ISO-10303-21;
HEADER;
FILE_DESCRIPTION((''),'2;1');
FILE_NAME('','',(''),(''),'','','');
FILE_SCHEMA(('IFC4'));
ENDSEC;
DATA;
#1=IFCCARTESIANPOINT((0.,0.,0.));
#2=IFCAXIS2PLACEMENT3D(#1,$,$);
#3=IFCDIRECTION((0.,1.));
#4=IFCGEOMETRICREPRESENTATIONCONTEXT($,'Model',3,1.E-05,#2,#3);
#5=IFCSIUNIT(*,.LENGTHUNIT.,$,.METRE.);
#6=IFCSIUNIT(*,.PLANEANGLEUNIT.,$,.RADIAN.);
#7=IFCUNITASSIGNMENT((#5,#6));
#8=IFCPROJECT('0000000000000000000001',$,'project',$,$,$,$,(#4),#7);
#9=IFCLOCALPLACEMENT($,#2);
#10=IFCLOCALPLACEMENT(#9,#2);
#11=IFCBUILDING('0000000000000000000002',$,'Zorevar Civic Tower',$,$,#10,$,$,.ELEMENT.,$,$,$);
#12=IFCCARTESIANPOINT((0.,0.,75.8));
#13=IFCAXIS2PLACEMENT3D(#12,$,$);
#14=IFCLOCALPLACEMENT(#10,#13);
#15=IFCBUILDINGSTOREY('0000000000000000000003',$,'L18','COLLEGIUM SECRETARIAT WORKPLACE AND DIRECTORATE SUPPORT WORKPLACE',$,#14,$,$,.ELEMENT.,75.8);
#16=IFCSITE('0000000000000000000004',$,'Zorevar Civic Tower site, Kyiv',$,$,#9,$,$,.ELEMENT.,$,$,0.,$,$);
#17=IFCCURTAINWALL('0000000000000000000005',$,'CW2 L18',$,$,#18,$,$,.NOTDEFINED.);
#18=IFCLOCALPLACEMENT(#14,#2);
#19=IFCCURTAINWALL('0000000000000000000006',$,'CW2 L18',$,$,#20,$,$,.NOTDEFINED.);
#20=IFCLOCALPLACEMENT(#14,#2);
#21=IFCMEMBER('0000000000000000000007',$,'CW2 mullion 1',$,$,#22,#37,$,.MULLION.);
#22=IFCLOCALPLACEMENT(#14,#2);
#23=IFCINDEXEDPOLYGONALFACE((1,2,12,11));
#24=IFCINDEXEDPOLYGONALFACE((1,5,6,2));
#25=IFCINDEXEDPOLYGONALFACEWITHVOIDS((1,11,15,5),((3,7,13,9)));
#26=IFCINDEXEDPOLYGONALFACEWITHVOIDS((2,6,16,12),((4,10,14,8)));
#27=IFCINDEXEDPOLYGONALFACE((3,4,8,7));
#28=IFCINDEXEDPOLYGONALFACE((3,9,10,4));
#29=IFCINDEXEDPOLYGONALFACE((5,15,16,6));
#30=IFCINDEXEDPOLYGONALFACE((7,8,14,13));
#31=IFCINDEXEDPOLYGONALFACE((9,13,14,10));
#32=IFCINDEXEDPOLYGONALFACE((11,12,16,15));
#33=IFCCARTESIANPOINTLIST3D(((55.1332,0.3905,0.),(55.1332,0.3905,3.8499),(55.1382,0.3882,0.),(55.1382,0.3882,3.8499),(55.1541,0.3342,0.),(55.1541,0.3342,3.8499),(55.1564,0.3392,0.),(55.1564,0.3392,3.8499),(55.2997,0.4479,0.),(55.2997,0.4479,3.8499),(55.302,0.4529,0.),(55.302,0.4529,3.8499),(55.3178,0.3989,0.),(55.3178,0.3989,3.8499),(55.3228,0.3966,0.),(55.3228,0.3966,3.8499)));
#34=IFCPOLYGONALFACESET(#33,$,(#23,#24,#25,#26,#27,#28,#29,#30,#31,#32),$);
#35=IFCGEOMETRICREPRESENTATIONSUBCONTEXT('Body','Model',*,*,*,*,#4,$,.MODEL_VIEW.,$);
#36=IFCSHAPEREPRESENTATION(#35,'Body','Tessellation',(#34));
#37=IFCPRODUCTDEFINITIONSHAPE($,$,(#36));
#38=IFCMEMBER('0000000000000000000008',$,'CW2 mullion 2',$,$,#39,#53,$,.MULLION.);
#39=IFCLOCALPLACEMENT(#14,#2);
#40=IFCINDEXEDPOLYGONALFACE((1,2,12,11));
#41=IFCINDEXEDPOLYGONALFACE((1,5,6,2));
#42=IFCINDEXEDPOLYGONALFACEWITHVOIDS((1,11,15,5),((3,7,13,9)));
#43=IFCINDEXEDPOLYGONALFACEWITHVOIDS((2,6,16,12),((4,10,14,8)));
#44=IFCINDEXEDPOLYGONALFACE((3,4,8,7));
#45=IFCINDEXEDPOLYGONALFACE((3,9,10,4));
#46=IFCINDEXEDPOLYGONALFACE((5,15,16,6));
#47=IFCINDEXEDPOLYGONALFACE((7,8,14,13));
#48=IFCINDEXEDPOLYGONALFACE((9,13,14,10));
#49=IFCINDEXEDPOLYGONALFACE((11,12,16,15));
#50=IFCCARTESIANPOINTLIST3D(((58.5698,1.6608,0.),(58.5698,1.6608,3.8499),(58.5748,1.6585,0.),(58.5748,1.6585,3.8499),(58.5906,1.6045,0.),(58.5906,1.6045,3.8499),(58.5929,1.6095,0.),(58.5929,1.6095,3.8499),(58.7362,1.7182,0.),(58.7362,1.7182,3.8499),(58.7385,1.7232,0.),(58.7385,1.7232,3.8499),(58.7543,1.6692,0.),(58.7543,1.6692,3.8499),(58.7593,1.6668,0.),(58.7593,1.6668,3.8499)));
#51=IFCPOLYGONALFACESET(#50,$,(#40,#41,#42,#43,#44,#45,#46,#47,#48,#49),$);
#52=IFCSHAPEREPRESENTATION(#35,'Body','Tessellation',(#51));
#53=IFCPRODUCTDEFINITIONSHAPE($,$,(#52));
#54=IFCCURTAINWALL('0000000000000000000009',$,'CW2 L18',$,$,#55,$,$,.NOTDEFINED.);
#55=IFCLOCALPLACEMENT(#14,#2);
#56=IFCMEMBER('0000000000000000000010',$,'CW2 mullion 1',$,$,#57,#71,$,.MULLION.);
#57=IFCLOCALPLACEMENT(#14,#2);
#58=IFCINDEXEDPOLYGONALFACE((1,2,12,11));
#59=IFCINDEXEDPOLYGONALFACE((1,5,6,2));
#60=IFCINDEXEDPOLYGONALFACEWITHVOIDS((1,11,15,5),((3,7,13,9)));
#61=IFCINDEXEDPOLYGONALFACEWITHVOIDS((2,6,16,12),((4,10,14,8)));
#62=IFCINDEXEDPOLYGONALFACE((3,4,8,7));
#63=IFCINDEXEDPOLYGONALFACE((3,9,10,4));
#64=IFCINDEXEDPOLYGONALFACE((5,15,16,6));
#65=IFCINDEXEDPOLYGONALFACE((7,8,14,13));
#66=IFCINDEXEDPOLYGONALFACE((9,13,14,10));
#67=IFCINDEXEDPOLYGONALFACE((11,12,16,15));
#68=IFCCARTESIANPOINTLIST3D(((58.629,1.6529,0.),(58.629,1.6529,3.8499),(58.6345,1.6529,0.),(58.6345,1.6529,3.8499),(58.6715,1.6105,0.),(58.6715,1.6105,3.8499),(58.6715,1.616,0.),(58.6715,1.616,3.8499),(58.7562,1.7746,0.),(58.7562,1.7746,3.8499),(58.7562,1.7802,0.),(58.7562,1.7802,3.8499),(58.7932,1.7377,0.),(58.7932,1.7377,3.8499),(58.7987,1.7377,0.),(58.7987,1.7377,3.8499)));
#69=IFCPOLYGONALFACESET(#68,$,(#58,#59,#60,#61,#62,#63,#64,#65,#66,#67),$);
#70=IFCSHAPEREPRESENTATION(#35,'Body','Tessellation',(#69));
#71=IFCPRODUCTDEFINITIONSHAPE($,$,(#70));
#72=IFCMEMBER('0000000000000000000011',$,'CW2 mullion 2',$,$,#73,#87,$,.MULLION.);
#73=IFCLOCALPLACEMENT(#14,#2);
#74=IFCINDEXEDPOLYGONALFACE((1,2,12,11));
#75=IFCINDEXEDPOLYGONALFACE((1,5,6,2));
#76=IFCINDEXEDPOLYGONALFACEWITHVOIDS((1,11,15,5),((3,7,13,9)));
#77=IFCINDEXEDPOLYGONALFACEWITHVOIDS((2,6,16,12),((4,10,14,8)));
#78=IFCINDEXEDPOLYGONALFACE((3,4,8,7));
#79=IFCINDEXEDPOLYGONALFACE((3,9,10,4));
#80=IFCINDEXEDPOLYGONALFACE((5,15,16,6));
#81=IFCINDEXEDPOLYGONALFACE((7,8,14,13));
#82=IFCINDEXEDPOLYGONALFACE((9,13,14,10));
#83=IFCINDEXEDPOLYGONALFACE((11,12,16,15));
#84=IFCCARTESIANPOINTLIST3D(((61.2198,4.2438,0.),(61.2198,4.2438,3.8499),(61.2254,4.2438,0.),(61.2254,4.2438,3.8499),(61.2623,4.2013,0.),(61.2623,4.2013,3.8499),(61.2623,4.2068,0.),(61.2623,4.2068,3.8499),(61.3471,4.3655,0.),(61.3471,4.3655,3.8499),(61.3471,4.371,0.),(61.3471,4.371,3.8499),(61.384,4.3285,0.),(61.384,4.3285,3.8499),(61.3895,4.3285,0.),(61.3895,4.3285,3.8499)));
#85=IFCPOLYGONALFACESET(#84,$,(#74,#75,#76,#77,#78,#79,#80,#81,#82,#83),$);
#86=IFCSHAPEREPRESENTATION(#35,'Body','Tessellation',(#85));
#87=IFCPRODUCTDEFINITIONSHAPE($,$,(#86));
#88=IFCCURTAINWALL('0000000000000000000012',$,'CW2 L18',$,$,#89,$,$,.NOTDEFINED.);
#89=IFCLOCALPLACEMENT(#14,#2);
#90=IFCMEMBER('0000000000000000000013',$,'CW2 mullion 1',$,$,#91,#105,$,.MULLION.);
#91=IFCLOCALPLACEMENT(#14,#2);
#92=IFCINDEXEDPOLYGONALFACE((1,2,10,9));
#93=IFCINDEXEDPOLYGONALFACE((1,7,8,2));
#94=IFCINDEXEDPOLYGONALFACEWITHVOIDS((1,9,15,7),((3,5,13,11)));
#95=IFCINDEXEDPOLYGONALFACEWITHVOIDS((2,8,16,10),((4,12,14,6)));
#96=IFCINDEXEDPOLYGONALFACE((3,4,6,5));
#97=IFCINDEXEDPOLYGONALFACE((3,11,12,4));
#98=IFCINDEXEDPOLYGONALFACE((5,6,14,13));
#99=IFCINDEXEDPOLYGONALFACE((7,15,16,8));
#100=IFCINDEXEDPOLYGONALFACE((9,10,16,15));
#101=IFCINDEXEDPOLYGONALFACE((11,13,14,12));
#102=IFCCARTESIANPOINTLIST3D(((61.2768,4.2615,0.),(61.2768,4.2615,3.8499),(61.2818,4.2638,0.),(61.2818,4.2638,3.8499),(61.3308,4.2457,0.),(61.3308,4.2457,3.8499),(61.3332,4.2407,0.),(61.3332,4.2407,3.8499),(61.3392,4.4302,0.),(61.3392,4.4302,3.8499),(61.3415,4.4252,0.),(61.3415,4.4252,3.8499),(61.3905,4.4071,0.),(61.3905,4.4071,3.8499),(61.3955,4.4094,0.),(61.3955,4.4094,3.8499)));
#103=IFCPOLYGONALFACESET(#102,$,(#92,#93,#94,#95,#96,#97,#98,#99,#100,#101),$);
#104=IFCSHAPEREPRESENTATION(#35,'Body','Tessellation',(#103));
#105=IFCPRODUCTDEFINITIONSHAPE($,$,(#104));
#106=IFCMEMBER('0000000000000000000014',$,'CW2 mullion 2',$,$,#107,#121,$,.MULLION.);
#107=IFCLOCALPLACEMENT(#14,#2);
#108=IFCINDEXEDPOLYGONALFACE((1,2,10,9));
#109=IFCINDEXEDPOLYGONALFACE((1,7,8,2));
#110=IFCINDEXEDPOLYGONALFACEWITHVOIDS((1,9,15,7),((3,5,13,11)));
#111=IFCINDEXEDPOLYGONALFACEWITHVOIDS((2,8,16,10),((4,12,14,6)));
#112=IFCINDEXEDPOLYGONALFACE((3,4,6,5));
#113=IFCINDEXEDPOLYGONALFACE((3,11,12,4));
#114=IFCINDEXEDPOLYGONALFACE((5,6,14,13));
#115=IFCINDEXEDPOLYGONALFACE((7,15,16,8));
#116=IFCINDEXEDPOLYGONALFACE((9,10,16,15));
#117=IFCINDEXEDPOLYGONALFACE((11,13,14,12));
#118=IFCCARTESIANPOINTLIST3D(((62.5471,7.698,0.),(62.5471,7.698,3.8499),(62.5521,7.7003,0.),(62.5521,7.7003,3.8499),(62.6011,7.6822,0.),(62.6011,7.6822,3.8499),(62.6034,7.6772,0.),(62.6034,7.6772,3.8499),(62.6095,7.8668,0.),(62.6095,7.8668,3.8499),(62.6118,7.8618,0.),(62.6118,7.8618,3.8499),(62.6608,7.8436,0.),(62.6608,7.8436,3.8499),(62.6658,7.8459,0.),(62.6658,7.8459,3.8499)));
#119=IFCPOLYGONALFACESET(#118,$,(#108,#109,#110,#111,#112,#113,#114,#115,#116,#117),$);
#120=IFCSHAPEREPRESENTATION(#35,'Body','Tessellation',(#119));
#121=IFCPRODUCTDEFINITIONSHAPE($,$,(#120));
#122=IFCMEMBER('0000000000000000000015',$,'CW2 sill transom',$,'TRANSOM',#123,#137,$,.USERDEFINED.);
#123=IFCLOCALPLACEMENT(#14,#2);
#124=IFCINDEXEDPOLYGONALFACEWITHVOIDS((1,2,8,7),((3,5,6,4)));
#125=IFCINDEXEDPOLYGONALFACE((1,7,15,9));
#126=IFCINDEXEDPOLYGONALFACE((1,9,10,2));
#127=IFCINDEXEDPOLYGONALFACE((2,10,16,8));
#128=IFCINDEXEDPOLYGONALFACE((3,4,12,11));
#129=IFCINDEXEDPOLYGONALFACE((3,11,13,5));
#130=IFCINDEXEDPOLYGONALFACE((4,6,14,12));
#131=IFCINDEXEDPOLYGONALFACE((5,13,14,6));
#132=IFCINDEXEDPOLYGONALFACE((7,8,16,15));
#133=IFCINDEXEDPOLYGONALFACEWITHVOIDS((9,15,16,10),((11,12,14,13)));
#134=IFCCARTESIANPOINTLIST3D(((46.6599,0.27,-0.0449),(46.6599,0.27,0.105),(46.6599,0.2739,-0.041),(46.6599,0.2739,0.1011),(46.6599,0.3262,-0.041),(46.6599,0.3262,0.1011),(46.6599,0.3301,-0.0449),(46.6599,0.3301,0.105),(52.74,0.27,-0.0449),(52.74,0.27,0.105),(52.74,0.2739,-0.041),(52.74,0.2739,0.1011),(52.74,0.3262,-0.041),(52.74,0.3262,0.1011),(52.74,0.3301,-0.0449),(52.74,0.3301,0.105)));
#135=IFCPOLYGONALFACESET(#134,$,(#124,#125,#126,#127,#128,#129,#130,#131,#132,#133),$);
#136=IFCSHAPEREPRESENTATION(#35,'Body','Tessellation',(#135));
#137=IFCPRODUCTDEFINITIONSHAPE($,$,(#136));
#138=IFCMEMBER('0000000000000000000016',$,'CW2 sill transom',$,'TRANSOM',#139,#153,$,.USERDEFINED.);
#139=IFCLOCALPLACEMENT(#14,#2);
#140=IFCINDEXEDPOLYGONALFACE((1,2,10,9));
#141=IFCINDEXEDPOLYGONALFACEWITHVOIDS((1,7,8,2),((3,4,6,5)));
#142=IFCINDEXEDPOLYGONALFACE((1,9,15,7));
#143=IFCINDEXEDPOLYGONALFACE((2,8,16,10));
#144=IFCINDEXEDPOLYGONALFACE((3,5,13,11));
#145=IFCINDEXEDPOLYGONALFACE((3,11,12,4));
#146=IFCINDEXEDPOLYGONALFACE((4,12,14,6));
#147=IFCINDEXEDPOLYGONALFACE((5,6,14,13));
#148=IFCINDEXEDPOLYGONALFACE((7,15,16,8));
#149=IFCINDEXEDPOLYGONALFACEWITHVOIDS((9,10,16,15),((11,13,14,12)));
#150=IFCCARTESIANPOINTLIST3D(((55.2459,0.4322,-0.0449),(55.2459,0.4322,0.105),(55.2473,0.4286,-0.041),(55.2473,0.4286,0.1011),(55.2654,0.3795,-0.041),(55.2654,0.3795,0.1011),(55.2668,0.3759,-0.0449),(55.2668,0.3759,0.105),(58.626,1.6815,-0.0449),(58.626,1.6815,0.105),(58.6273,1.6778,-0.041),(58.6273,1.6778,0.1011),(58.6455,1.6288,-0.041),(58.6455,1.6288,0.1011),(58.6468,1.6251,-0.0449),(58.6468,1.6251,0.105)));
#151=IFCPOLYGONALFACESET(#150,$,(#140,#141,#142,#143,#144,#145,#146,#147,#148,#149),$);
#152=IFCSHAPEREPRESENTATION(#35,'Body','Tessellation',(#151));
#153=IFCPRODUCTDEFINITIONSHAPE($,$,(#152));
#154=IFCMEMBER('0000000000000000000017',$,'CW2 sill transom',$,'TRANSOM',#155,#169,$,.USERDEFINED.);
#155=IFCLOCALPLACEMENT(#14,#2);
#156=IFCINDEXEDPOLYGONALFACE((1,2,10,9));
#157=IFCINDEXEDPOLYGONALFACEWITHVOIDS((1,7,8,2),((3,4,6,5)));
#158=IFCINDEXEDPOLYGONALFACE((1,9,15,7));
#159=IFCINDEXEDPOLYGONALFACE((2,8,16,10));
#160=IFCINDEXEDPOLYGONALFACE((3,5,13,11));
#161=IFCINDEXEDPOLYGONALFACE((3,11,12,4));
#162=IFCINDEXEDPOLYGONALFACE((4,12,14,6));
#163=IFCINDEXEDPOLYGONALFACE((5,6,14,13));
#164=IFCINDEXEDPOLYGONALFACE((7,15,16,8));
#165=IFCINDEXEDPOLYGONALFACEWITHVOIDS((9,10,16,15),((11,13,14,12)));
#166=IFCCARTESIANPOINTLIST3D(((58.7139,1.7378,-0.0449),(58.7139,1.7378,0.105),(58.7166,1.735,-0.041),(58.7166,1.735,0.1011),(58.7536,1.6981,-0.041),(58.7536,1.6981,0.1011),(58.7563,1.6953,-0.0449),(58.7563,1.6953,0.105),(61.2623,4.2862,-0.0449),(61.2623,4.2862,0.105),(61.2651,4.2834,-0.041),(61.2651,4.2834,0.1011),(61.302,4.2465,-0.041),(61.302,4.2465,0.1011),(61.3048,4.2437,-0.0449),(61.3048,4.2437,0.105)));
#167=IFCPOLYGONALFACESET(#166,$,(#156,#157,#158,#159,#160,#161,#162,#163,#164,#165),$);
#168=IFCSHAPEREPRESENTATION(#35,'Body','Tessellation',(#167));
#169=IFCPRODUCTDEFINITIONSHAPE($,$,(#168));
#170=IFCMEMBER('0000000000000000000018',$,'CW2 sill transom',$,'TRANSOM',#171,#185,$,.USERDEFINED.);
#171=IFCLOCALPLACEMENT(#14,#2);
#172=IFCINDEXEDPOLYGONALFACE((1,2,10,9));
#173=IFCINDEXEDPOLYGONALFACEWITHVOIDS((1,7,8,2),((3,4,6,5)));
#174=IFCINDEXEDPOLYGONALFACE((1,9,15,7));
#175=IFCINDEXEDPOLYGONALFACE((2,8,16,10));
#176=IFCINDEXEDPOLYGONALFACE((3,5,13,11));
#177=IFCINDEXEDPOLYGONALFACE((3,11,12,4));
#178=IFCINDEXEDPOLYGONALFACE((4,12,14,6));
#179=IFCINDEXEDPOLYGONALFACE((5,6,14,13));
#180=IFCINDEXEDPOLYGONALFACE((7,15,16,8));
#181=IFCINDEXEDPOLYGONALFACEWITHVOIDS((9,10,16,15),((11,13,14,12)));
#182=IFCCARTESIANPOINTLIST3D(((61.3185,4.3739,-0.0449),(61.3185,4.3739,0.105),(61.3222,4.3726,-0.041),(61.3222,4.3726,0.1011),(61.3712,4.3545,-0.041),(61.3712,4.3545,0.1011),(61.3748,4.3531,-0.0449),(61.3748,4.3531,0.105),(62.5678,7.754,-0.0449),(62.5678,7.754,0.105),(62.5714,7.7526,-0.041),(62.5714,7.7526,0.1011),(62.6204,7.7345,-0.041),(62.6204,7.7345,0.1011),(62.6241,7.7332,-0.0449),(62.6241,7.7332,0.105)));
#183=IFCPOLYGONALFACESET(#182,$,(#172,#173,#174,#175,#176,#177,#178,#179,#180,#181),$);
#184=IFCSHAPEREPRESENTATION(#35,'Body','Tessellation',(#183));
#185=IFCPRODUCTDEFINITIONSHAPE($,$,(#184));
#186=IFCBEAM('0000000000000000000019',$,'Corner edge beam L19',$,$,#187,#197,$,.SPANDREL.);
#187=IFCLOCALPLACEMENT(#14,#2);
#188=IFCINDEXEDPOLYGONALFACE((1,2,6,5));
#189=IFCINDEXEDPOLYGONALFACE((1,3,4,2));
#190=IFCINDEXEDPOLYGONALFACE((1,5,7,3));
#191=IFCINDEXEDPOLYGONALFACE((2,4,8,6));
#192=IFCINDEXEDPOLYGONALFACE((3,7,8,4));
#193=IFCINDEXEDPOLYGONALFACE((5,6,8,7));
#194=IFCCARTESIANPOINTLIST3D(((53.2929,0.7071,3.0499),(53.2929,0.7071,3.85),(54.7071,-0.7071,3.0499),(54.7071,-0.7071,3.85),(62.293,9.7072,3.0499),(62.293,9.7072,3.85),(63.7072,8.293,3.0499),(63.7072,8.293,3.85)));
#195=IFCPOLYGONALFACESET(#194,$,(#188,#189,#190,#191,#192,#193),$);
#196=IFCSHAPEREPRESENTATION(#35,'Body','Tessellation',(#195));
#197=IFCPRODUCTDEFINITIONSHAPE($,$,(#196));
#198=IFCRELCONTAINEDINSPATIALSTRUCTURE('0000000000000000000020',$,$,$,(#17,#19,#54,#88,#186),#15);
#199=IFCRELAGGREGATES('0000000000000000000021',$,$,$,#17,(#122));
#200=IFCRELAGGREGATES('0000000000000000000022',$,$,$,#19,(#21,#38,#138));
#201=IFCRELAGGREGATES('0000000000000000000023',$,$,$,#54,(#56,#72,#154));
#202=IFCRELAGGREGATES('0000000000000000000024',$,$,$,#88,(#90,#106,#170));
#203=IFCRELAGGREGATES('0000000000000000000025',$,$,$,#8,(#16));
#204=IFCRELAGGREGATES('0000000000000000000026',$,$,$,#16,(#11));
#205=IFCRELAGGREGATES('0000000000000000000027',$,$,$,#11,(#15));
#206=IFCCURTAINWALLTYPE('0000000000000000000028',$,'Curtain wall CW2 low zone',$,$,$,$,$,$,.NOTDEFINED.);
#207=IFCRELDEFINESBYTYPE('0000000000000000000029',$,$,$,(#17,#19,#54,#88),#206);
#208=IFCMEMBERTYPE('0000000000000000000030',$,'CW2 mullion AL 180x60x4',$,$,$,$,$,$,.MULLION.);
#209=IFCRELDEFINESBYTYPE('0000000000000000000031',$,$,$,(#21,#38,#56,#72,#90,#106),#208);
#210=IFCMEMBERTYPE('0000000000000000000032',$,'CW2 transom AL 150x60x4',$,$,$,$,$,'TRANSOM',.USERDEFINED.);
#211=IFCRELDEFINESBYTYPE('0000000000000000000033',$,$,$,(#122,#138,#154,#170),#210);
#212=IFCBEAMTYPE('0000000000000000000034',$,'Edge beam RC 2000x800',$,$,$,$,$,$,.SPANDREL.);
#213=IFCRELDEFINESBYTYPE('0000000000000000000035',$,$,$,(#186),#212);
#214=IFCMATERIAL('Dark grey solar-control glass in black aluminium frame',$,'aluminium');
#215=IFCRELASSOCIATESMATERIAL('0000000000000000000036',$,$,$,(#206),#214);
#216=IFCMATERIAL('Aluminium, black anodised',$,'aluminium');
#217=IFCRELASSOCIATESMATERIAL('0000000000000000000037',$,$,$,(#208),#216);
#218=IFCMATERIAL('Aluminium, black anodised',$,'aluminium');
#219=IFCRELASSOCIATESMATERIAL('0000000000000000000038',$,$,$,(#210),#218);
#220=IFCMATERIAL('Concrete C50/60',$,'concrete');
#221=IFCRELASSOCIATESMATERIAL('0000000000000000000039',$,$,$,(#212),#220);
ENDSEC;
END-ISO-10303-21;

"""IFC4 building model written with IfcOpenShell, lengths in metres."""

from ifc_helpers import new_model, si_unit, direction, frame, origin, origin_2d, place, context, subcontext, project, spatial, rectangle, hollow_rectangle, extrude, material, material_profile, profile_set, type_object, element, aggregate, save


model = new_model("IFC4")

# Units and contexts
model_context = context("Model", 3, precision=1e-05, world=origin(), true_north=direction((0.0, 1.0)))
body_context = subcontext(model_context, "Body", "Model", "MODEL_VIEW")
ifc_project = project(units=[si_unit("LENGTHUNIT", "METRE"), si_unit("PLANEANGLEUNIT", "RADIAN")], contexts=[model_context])

# Site, building, storey
site_placement = place(None, origin())
site = spatial("IfcSite", under=ifc_project, at=site_placement, Name="Zorevar Civic Tower site, Kyiv", CompositionType="ELEMENT", RefElevation=0.0)
building_placement = place(site_placement, origin())
building = spatial("IfcBuilding", under=site, at=building_placement, Name="Zorevar Civic Tower", CompositionType="ELEMENT")
storey_placement = place(building_placement, frame((0.0, 0.0, 75.8)))
storey = spatial("IfcBuildingStorey", under=building, at=storey_placement, Name="L18", Description="COLLEGIUM SECRETARIAT WORKPLACE AND DIRECTORATE SUPPORT WORKPLACE", CompositionType="ELEMENT", Elevation=75.8)

# Curtain wall
ifc_material_1 = material(Name="Dark grey solar-control glass in black aluminium frame", Category="aluminium")
curtain_wall_type = type_object("IfcCurtainWallType", Name="Curtain wall CW2 low zone", PredefinedType="NOTDEFINED", material=ifc_material_1)
curtain_wall_1_placement = place(storey_placement, origin())
curtain_wall_1 = element("IfcCurtainWall", 1, at=curtain_wall_1_placement, inside=storey, type_object=curtain_wall_type, Name="CW2 L18", PredefinedType="NOTDEFINED")
ifc_material_2 = material(Name="Aluminium, black anodised", Category="aluminium")
ifc_material_profile_1 = material_profile(ifc_material_2, hollow_rectangle(XDim=0.0601, YDim=0.1799, WallThickness=0.0039, at=origin_2d()), Name="AL 180x60x4")
ifc_profile_set_1 = profile_set([ifc_material_profile_1], Name="Aluminium, black anodised")
member_type_1 = type_object("IfcMemberType", Name="CW2 mullion AL 180x60x4", PredefinedType="MULLION", material=ifc_profile_set_1)

# Curtain walls, members
curtain_wall_2_placement = place(storey_placement, origin())
curtain_wall_2 = element("IfcCurtainWall", 2, at=curtain_wall_2_placement, inside=storey, type_object=curtain_wall_type, Name="CW2 L18", PredefinedType="NOTDEFINED")
member_1_placement = place(storey_placement, frame((55.228, 0.3936, 0.0), z_axis=(0.0, 0.0, 1.0), x_axis=(-0.346704, 0.937975, 0.0)))
member_1 = element("IfcMember", 3, at=member_1_placement, type_object=member_type_1, Name="CW2 mullion 1", PredefinedType="MULLION", context=body_context, shape_type="SweptSolid", body=[
    extrude(hollow_rectangle(XDim=0.0601, YDim=0.1799, WallThickness=0.0039, at=origin_2d()), origin(), (0.0, 0.0, 1.0), 3.8499),
])
member_2_placement = place(storey_placement, frame((58.6646, 1.6638, 0.0), z_axis=(0.0, 0.0, 1.0), x_axis=(-0.346704, 0.937975, 0.0)))
member_2 = element("IfcMember", 4, at=member_2_placement, type_object=member_type_1, Name="CW2 mullion 2", PredefinedType="MULLION", context=body_context, shape_type="SweptSolid", body=[
    extrude(hollow_rectangle(XDim=0.0601, YDim=0.1799, WallThickness=0.0039, at=origin_2d()), origin(), (0.0, 0.0, 1.0), 3.8499),
])
curtain_wall_3_placement = place(storey_placement, origin())
curtain_wall_3 = element("IfcCurtainWall", 5, at=curtain_wall_3_placement, inside=storey, type_object=curtain_wall_type, Name="CW2 L18", PredefinedType="NOTDEFINED")
member_3_placement = place(storey_placement, frame((58.7139, 1.6953, 0.0), z_axis=(0.0, 0.0, 1.0), x_axis=(-0.707107, 0.707107, 0.0)))
member_3 = element("IfcMember", 6, at=member_3_placement, type_object=member_type_1, Name="CW2 mullion 1", PredefinedType="MULLION", context=body_context, shape_type="SweptSolid", body=[
    extrude(hollow_rectangle(XDim=0.0601, YDim=0.1799, WallThickness=0.0039, at=origin_2d()), origin(), (0.0, 0.0, 1.0), 3.8499),
])
member_4_placement = place(storey_placement, frame((61.3047, 4.2861, 0.0), z_axis=(0.0, 0.0, 1.0), x_axis=(-0.707107, 0.707107, 0.0)))
member_4 = element("IfcMember", 7, at=member_4_placement, type_object=member_type_1, Name="CW2 mullion 2", PredefinedType="MULLION", context=body_context, shape_type="SweptSolid", body=[
    extrude(hollow_rectangle(XDim=0.0601, YDim=0.1799, WallThickness=0.0039, at=origin_2d()), origin(), (0.0, 0.0, 1.0), 3.8499),
])
curtain_wall_4_placement = place(storey_placement, origin())
curtain_wall_4 = element("IfcCurtainWall", 8, at=curtain_wall_4_placement, inside=storey, type_object=curtain_wall_type, Name="CW2 L18", PredefinedType="NOTDEFINED")
member_5_placement = place(storey_placement, frame((61.3362, 4.3354, 0.0), z_axis=(0.0, 0.0, 1.0), x_axis=(-0.937975, 0.346704, 0.0)))
member_5 = element("IfcMember", 9, at=member_5_placement, type_object=member_type_1, Name="CW2 mullion 1", PredefinedType="MULLION", context=body_context, shape_type="SweptSolid", body=[
    extrude(hollow_rectangle(XDim=0.0601, YDim=0.1799, WallThickness=0.0039, at=origin_2d()), origin(), (0.0, 0.0, 1.0), 3.8499),
])
member_6_placement = place(storey_placement, frame((62.6064, 7.772, 0.0), z_axis=(0.0, 0.0, 1.0), x_axis=(-0.937975, 0.346704, 0.0)))
member_6 = element("IfcMember", 10, at=member_6_placement, type_object=member_type_1, Name="CW2 mullion 2", PredefinedType="MULLION", context=body_context, shape_type="SweptSolid", body=[
    extrude(hollow_rectangle(XDim=0.0601, YDim=0.1799, WallThickness=0.0039, at=origin_2d()), origin(), (0.0, 0.0, 1.0), 3.8499),
])

# Members
ifc_material_3 = material(Name="Aluminium, black anodised", Category="aluminium")
ifc_material_profile_2 = material_profile(ifc_material_3, hollow_rectangle(XDim=0.0601, YDim=0.1499, WallThickness=0.0039, at=origin_2d()), Name="AL 150x60x4")
ifc_profile_set_2 = profile_set([ifc_material_profile_2], Name="Aluminium, black anodised")
member_type_2 = type_object("IfcMemberType", Name="CW2 transom AL 150x60x4", ElementType="TRANSOM", PredefinedType="USERDEFINED", material=ifc_profile_set_2)
member_7_placement = place(storey_placement, frame((46.6599, 0.3, 0.03), z_axis=(1.0, 0.0, 0.0), x_axis=(0.0, 1.0, 0.0)))
member_7 = element("IfcMember", 11, at=member_7_placement, type_object=member_type_2, Name="CW2 sill transom", ObjectType="TRANSOM", PredefinedType="USERDEFINED", context=body_context, shape_type="SweptSolid", body=[
    extrude(hollow_rectangle(XDim=0.0601, YDim=0.1499, WallThickness=0.0039, at=origin_2d()), origin(), (0.0, 0.0, 1.0), 6.0801),
])
member_8_placement = place(storey_placement, frame((55.2563, 0.4041, 0.03), z_axis=(0.937986, 0.346672, 0.0), x_axis=(-0.346672, 0.937986, 0.0)))
member_8 = element("IfcMember", 12, at=member_8_placement, type_object=member_type_2, Name="CW2 sill transom", ObjectType="TRANSOM", PredefinedType="USERDEFINED", context=body_context, shape_type="SweptSolid", body=[
    extrude(hollow_rectangle(XDim=0.0601, YDim=0.1499, WallThickness=0.0039, at=origin_2d()), origin(), (0.0, 0.0, 1.0), 3.6035),
])
member_9_placement = place(storey_placement, frame((58.7351, 1.7166, 0.03), z_axis=(0.707107, 0.707107, 0.0), x_axis=(-0.707107, 0.707107, 0.0)))
member_9 = element("IfcMember", 13, at=member_9_placement, type_object=member_type_2, Name="CW2 sill transom", ObjectType="TRANSOM", PredefinedType="USERDEFINED", context=body_context, shape_type="SweptSolid", body=[
    extrude(hollow_rectangle(XDim=0.0601, YDim=0.1499, WallThickness=0.0039, at=origin_2d()), origin(), (0.0, 0.0, 1.0), 3.604),
])
member_10_placement = place(storey_placement, frame((61.3467, 4.3635, 0.03), z_axis=(0.346672, 0.937986, 0.0), x_axis=(-0.937986, 0.346672, 0.0)))
member_10 = element("IfcMember", 14, at=member_10_placement, type_object=member_type_2, Name="CW2 sill transom", ObjectType="TRANSOM", PredefinedType="USERDEFINED", context=body_context, shape_type="SweptSolid", body=[
    extrude(hollow_rectangle(XDim=0.0601, YDim=0.1499, WallThickness=0.0039, at=origin_2d()), origin(), (0.0, 0.0, 1.0), 3.6035),
])

# Beam
ifc_material_4 = material(Name="Concrete C50/60", Category="concrete")
ifc_material_profile_3 = material_profile(ifc_material_4, rectangle(XDim=2.0, YDim=0.8, at=origin_2d()), Name="RC 2000x800")
ifc_profile_set_3 = profile_set([ifc_material_profile_3], Name="Concrete C50/60")
beam_type_1 = type_object("IfcBeamType", Name="Edge beam RC 2000x800", PredefinedType="SPANDREL", material=ifc_profile_set_3)
beam_1_placement = place(storey_placement, frame((54.0, 0.0, 3.45), z_axis=(0.707107, 0.707107, 0.0), x_axis=(-0.707107, 0.707107, 0.0)))
element("IfcBeam", 15, at=beam_1_placement, inside=storey, type_object=beam_type_1, Name="Corner edge beam L19", PredefinedType="SPANDREL", context=body_context, shape_type="SweptSolid", body=[
    extrude(rectangle(XDim=2.0, YDim=0.8, at=origin_2d()), origin(), (0.0, 0.0, 1.0), 12.728),
])

aggregate(curtain_wall_1, [member_7])
aggregate(curtain_wall_2, [member_1, member_2, member_8])
aggregate(curtain_wall_3, [member_3, member_4, member_9])
aggregate(curtain_wall_4, [member_5, member_6, member_10])

save(model, "model.ifc")
